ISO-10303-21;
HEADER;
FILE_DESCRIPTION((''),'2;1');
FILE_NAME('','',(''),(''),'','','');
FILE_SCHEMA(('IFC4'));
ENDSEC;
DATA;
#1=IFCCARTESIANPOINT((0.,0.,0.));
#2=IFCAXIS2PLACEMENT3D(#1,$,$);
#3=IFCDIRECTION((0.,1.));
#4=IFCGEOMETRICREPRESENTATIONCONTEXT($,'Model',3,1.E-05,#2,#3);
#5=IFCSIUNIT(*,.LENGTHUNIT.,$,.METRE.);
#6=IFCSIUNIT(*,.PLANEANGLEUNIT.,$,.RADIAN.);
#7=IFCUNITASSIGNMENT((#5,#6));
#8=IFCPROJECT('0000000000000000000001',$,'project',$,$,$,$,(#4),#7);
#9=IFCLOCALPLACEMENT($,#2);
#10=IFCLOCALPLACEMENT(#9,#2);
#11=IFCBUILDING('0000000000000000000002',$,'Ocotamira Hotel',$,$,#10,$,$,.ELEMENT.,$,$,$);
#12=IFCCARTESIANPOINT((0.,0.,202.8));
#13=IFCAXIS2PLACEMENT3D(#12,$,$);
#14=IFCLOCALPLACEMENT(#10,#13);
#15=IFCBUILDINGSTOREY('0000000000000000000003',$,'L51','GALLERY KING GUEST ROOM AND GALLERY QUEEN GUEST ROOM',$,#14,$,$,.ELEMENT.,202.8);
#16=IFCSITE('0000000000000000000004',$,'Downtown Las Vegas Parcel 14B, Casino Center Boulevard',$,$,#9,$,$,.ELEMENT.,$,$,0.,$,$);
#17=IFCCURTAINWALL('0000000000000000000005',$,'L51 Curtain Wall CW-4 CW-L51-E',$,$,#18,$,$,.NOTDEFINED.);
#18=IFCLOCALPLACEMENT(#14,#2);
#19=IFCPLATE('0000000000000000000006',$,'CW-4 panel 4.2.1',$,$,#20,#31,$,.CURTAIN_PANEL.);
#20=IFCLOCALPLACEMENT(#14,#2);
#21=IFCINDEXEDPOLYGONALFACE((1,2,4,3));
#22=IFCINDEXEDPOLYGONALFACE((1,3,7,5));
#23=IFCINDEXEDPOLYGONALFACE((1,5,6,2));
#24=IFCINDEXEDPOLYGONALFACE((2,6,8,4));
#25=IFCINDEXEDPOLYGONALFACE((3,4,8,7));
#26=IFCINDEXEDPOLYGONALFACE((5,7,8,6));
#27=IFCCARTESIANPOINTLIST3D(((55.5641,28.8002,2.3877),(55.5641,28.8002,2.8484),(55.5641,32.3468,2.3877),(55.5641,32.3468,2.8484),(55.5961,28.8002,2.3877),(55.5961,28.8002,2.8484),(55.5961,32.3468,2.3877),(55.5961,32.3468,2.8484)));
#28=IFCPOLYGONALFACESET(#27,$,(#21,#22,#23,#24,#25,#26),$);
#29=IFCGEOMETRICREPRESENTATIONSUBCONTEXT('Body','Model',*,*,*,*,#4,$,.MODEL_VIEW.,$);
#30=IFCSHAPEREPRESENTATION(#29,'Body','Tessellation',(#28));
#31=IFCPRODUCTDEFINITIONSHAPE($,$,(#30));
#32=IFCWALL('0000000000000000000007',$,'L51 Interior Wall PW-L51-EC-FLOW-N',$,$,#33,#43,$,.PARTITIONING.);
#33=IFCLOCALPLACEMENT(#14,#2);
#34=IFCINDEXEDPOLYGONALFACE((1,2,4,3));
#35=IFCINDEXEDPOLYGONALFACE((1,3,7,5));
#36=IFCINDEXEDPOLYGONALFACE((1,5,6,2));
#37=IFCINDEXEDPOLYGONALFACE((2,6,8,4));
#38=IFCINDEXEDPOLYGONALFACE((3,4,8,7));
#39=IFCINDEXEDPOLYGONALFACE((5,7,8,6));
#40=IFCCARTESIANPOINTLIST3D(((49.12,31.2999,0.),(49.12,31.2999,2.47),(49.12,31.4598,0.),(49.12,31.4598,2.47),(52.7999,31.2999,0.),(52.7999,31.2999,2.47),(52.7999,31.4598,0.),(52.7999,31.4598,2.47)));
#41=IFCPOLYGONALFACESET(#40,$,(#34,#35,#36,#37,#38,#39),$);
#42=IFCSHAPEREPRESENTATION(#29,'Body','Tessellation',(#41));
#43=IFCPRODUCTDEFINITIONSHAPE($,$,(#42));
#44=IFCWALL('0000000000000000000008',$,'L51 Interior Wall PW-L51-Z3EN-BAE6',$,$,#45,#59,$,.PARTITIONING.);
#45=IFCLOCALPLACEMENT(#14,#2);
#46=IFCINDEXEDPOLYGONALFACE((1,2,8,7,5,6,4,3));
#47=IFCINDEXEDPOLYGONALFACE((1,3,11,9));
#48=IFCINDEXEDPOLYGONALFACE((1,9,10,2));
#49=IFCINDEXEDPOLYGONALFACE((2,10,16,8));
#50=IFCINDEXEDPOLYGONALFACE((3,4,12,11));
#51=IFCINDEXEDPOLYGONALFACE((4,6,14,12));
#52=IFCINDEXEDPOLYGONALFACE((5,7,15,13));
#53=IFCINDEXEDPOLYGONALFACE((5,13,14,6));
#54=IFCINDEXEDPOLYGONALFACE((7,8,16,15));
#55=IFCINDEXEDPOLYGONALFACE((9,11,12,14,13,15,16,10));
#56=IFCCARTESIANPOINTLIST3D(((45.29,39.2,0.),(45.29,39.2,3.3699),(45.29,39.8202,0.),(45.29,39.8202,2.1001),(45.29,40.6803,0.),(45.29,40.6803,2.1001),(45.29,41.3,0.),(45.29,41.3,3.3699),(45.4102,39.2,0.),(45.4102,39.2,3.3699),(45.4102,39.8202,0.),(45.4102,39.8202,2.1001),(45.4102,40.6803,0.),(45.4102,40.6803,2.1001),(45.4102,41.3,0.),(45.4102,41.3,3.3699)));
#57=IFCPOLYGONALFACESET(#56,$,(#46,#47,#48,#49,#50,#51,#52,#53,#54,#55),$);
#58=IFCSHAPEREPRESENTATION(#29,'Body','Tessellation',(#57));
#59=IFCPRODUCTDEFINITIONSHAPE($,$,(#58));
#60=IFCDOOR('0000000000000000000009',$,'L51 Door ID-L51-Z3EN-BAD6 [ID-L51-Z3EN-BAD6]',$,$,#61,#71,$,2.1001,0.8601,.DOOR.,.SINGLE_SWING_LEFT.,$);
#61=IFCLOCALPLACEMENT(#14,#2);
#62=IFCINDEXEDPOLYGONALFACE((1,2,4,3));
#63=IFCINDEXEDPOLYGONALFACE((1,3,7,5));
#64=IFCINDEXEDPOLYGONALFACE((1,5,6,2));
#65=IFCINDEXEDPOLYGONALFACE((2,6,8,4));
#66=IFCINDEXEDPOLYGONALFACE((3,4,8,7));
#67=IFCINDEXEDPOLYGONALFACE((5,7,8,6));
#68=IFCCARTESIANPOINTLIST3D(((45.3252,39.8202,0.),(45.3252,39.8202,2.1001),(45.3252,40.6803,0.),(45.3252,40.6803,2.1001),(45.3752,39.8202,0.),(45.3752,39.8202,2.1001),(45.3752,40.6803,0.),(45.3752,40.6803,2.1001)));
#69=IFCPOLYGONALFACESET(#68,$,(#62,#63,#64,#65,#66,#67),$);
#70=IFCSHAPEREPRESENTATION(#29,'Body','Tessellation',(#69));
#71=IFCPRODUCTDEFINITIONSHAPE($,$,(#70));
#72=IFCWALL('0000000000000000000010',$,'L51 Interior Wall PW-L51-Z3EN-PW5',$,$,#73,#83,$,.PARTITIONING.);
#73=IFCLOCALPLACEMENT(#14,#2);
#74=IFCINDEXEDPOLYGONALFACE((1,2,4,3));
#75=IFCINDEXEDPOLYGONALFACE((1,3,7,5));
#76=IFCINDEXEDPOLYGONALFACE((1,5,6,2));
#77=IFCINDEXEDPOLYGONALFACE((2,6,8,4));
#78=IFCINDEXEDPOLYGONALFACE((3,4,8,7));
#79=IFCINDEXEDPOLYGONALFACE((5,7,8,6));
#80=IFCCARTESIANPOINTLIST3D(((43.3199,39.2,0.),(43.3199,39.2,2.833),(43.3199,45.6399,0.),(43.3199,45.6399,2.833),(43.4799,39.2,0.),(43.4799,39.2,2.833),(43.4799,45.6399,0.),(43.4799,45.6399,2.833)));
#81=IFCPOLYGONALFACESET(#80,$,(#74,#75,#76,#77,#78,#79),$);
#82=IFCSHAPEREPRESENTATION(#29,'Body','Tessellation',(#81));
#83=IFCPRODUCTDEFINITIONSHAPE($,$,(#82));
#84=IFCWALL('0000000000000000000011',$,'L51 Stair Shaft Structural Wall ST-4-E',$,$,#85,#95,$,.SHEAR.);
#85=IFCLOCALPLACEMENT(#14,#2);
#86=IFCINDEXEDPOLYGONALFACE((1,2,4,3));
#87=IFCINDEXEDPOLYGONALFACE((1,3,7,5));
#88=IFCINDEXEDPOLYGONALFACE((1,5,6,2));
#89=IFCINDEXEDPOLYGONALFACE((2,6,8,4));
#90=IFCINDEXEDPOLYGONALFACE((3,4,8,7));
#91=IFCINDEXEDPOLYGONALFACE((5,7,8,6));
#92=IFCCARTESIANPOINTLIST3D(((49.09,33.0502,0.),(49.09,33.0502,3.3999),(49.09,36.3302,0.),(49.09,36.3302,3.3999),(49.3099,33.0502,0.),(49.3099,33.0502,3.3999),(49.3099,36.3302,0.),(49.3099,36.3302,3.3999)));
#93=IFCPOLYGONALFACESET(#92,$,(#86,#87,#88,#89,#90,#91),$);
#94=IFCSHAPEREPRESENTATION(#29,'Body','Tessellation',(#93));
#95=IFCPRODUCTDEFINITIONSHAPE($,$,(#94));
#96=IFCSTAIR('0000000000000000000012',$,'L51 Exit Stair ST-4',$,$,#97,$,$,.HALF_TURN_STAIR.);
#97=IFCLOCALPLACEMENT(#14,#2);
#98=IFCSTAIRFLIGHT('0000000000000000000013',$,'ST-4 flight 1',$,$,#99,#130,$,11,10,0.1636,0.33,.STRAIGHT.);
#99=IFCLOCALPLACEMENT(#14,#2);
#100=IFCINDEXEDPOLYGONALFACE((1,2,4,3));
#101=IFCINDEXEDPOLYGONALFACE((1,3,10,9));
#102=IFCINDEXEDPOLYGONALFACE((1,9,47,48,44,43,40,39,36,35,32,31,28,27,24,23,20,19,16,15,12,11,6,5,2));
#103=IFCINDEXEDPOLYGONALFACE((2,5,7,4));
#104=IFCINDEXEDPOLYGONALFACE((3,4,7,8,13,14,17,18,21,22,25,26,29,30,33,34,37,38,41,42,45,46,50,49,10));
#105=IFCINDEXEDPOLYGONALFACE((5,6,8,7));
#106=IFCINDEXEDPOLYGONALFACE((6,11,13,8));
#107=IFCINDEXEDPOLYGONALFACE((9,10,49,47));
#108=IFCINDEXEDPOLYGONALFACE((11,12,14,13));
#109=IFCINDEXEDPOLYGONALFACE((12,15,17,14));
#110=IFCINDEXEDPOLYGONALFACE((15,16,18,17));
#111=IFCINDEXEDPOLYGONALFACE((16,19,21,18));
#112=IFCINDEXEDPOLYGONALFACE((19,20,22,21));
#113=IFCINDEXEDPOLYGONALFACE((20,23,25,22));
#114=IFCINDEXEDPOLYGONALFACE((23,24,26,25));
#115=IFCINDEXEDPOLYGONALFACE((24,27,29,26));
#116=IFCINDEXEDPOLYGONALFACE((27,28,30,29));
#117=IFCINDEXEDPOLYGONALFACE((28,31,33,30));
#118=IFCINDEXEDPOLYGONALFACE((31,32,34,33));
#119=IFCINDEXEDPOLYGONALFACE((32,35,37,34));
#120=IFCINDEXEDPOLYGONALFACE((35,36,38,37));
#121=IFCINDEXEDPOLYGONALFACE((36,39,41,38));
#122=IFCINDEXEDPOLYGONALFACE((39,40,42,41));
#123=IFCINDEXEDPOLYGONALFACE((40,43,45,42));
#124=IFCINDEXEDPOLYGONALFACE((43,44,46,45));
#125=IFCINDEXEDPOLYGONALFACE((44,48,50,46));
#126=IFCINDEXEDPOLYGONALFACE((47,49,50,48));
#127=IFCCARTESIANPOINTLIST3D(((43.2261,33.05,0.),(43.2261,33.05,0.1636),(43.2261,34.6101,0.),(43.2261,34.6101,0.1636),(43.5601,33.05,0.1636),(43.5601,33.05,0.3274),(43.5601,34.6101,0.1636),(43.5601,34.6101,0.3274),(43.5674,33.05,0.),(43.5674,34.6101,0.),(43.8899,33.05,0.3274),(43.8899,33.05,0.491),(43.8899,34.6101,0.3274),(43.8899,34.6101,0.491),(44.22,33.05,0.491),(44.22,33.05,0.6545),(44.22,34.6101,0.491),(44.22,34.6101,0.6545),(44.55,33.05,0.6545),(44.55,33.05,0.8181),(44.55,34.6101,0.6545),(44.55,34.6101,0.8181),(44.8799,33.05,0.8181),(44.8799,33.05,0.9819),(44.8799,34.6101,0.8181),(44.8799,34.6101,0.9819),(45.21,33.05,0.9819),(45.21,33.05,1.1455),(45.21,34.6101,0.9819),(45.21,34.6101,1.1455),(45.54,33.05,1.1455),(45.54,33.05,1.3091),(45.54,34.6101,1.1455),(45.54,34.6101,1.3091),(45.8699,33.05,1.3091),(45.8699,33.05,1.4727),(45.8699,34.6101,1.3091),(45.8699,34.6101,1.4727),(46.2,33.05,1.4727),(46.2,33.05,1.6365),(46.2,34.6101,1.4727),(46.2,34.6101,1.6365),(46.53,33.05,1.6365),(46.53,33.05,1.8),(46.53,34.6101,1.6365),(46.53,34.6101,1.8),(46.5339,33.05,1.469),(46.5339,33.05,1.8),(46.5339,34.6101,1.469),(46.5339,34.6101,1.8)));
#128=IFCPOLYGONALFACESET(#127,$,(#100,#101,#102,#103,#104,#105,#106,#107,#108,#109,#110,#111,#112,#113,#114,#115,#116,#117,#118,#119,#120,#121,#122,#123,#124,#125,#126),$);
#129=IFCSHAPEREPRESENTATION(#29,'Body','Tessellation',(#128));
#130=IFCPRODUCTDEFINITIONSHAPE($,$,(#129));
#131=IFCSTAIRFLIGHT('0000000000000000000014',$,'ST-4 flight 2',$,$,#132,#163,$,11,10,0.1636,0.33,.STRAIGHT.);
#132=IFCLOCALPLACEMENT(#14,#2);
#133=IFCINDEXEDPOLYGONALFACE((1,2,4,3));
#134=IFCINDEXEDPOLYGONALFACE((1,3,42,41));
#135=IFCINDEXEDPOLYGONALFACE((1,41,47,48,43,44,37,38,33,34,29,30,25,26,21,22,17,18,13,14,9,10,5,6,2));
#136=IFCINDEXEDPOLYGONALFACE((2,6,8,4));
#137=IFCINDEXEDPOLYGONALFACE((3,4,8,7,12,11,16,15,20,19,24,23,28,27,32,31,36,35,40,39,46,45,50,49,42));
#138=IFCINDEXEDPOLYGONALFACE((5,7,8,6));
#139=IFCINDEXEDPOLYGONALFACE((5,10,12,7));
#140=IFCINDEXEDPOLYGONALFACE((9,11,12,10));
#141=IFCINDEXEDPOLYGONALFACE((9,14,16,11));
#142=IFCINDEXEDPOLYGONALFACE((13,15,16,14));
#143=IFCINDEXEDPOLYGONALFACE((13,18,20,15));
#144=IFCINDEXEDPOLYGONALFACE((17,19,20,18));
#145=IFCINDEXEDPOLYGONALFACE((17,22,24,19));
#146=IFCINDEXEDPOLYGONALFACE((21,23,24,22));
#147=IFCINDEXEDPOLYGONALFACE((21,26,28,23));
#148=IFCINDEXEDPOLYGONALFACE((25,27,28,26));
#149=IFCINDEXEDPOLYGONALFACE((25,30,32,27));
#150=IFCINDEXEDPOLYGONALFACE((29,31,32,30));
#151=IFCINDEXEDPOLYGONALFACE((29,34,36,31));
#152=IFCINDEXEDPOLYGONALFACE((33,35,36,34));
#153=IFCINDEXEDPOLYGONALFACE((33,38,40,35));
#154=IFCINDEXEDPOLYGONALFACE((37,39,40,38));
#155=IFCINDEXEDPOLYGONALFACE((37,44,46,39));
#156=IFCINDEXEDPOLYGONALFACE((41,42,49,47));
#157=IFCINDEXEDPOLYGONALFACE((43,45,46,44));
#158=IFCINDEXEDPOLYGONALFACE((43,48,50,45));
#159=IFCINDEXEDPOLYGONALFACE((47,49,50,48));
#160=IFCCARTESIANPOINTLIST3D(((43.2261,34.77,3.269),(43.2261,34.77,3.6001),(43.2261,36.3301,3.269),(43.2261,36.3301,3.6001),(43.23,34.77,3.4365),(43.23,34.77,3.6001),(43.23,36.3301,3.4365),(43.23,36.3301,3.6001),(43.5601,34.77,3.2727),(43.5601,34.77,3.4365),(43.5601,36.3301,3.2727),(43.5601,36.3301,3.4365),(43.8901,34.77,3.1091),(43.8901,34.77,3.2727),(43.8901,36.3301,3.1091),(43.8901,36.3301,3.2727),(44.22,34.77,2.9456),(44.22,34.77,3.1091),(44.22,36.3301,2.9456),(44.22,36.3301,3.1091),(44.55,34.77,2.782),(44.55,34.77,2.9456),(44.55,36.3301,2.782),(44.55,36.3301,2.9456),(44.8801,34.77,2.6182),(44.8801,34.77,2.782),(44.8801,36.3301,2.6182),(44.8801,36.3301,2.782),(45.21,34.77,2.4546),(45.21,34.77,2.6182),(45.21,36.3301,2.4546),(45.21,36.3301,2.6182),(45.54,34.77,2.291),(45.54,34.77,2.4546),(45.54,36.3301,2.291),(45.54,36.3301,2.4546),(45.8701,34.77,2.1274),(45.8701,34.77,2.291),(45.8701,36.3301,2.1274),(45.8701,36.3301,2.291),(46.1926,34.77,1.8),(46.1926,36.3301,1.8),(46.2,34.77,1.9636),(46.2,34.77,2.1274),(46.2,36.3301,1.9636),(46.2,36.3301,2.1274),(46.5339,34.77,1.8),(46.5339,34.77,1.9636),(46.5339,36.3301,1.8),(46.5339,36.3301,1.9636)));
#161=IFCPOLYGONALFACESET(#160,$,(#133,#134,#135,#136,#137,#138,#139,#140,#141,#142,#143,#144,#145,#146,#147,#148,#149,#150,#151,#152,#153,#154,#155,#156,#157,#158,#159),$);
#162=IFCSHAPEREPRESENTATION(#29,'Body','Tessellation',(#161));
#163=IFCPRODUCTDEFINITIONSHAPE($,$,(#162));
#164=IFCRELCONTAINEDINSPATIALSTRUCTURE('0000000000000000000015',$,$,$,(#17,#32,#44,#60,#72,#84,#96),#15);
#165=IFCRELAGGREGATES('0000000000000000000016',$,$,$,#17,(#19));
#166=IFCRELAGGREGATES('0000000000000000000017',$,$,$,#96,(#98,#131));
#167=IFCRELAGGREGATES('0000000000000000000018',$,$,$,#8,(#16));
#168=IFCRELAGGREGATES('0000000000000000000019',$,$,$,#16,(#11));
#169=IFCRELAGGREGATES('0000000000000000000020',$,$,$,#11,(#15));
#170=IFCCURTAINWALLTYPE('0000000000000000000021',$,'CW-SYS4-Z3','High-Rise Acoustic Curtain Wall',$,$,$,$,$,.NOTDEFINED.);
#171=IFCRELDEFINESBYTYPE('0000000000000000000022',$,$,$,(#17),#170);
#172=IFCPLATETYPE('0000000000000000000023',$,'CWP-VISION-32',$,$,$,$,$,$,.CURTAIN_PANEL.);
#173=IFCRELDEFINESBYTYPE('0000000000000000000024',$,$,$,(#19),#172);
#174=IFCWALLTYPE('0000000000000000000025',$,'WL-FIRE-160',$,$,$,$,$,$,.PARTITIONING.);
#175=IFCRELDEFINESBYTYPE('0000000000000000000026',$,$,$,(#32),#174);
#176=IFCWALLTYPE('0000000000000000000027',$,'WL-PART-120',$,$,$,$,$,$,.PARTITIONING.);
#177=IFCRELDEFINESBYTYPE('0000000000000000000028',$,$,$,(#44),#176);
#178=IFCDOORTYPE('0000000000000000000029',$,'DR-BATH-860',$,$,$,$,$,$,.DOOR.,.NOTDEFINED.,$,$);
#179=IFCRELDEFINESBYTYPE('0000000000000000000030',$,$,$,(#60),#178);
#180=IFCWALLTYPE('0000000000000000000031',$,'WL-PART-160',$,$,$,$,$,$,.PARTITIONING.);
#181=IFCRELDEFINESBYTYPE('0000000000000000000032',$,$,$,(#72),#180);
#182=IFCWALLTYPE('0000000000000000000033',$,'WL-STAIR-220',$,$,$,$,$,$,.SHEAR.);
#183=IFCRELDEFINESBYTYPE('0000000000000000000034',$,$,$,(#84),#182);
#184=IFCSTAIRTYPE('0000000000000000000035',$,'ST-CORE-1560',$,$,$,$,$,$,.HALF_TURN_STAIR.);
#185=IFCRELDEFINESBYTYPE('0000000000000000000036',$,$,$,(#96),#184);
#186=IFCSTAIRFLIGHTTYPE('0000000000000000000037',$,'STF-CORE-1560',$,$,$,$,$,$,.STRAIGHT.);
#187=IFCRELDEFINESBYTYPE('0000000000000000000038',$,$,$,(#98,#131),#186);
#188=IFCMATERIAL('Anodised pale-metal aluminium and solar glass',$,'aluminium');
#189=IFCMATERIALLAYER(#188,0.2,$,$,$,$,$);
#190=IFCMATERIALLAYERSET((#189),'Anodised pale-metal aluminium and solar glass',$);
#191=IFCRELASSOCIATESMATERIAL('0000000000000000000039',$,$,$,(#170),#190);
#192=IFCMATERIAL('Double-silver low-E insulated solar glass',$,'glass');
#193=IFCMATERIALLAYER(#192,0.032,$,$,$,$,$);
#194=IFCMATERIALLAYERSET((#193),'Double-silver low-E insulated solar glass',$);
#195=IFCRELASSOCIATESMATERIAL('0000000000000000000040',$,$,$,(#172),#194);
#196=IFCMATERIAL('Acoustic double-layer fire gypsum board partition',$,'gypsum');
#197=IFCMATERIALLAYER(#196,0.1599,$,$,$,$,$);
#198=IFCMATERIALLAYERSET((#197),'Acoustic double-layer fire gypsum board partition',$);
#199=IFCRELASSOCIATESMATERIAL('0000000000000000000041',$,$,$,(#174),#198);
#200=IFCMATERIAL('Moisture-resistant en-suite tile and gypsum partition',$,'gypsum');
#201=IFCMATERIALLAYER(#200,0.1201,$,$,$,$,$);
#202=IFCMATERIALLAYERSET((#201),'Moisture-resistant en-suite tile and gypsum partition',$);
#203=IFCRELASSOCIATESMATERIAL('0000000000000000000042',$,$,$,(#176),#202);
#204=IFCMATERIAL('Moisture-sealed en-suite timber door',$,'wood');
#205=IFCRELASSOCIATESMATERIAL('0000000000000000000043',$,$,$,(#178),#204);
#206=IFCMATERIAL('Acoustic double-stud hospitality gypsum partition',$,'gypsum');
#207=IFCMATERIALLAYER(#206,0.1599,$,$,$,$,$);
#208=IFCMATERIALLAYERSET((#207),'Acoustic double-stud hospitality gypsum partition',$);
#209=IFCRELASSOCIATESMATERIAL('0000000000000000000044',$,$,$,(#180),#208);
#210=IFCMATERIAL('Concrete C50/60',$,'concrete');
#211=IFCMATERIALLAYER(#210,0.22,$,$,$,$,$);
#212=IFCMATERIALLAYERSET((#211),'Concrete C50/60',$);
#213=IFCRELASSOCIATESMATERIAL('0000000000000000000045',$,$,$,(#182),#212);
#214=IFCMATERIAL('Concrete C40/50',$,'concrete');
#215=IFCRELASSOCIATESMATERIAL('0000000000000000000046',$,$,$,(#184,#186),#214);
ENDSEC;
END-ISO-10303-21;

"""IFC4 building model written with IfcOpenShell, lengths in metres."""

from ifc_helpers import new_model, si_unit, direction, frame, frame_2d, origin, origin_2d, place, context, subcontext, project, spatial, polyline, rectangle, outline, extrude, source, transform, mapped, material, layer, layer_set, type_object, element, fill, aggregate, save


model = new_model("IFC4")

# Units and contexts
model_context = context("Model", 3, precision=1e-05, world=origin(), true_north=direction((0.0, 1.0)))
body_context = subcontext(model_context, "Body", "Model", "MODEL_VIEW")
ifc_project = project(units=[si_unit("LENGTHUNIT", "METRE"), si_unit("PLANEANGLEUNIT", "RADIAN")], contexts=[model_context])

# Site, building, storey
site_placement = place(None, origin())
site = spatial("IfcSite", under=ifc_project, at=site_placement, Name="Downtown Las Vegas Parcel 14B, Casino Center Boulevard", CompositionType="ELEMENT", RefElevation=0.0)
building_placement = place(site_placement, origin())
building = spatial("IfcBuilding", under=site, at=building_placement, Name="Ocotamira Hotel", CompositionType="ELEMENT")
storey_placement = place(building_placement, frame((0.0, 0.0, 202.8)))
storey = spatial("IfcBuildingStorey", under=building, at=storey_placement, Name="L51", Description="GALLERY KING GUEST ROOM AND GALLERY QUEEN GUEST ROOM", CompositionType="ELEMENT", Elevation=202.8)

# Curtain wall
ifc_material_1 = material(Name="Anodised pale-metal aluminium and solar glass", Category="aluminium")
ifc_layer_1 = layer(ifc_material_1, 0.2)
ifc_layer_set_1 = layer_set([ifc_layer_1], Name="Anodised pale-metal aluminium and solar glass")
curtain_wall_type = type_object("IfcCurtainWallType", Name="CW-SYS4-Z3", Description="High-Rise Acoustic Curtain Wall", PredefinedType="NOTDEFINED", material=ifc_layer_set_1)
curtain_wall_placement = place(storey_placement, origin())
curtain_wall = element("IfcCurtainWall", 1, at=curtain_wall_placement, inside=storey, type_object=curtain_wall_type, Name="L51 Curtain Wall CW-4 CW-L51-E", PredefinedType="NOTDEFINED")

# Plate
ifc_material_2 = material(Name="Double-silver low-E insulated solar glass", Category="glass")
ifc_layer_2 = layer(ifc_material_2, 0.032)
ifc_layer_set_2 = layer_set([ifc_layer_2], Name="Double-silver low-E insulated solar glass")
plate_type_1 = type_object("IfcPlateType", Name="CWP-VISION-32", PredefinedType="CURTAIN_PANEL", material=ifc_layer_set_2)
shared_shape_1 = source(origin(), body_context, "Body", "SweptSolid", [
    extrude(rectangle(XDim=3.5466, YDim=0.032, at=origin_2d()), origin(), (0.0, 0.0, 1.0), 0.4607),
])
plate_1_placement = place(storey_placement, frame((55.5801, 30.5735, 2.3877), z_axis=(0.0, 0.0, 1.0), x_axis=(0.0, 1.0, 0.0)))
plate_1 = element("IfcPlate", 2, at=plate_1_placement, type_object=plate_type_1, Name="CW-4 panel 4.2.1", PredefinedType="CURTAIN_PANEL", context=body_context, shape_type="MappedRepresentation", body=[
    mapped(shared_shape_1, transform((0.0, 0.0, 0.0), scale=1.0)),
])
aggregate(curtain_wall, [plate_1])

# Wall
ifc_material_3 = material(Name="Acoustic double-layer fire gypsum board partition", Category="gypsum")
ifc_layer_3 = layer(ifc_material_3, 0.1599)
ifc_layer_set_3 = layer_set([ifc_layer_3], Name="Acoustic double-layer fire gypsum board partition")
wall_type_1 = type_object("IfcWallType", Name="WL-FIRE-160", PredefinedType="PARTITIONING", material=ifc_layer_set_3)
wall_1_placement = place(storey_placement, frame((49.1201, 31.3799, 0.0), z_axis=(0.0, 0.0, 1.0), x_axis=(1.0, 0.0, 0.0)))
element("IfcWall", 3, at=wall_1_placement, inside=storey, type_object=wall_type_1, Name="L51 Interior Wall PW-L51-EC-FLOW-N", PredefinedType="PARTITIONING", context=body_context, shape_type="SweptSolid", body=[
    extrude(rectangle(XDim=3.6799, YDim=0.1599, at=frame_2d((1.8398, 0.0))), origin(), (0.0, 0.0, 1.0), 2.47),
])

# Wall, opening, door
ifc_material_4 = material(Name="Moisture-resistant en-suite tile and gypsum partition", Category="gypsum")
ifc_layer_4 = layer(ifc_material_4, 0.1201)
ifc_layer_set_4 = layer_set([ifc_layer_4], Name="Moisture-resistant en-suite tile and gypsum partition")
wall_type_2 = type_object("IfcWallType", Name="WL-PART-120", PredefinedType="PARTITIONING", material=ifc_layer_set_4)
wall_2_placement = place(storey_placement, frame((45.3501, 39.2, 0.0), z_axis=(0.0, 0.0, 1.0), x_axis=(0.0, 1.0, 0.0)))
wall_2 = element("IfcWall", 4, at=wall_2_placement, inside=storey, type_object=wall_type_2, Name="L51 Interior Wall PW-L51-Z3EN-BAE6", PredefinedType="PARTITIONING", context=body_context, shape_type="SweptSolid", body=[
    extrude(rectangle(XDim=2.1001, YDim=0.1201, at=frame_2d((1.05, 0.0))), origin(), (0.0, 0.0, 1.0), 3.3699),
])
opening_1_placement = place(wall_2_placement, frame((0.6201, 0.0, 0.0)))
opening_1 = element("IfcOpeningElement", 5, at=opening_1_placement, cuts=wall_2, PredefinedType="OPENING", context=body_context, shape_type="SweptSolid", body=[
    extrude(rectangle(XDim=0.8601, YDim=2.1001, at=frame_2d((0.4302, 1.05))), frame((0.0, 0.0701, 0.0), z_axis=(0.0, -1.0, 0.0), x_axis=(1.0, 0.0, 0.0)), (0.0, 0.0, 1.0), 0.1401),
])
ifc_material_5 = material(Name="Moisture-sealed en-suite timber door", Category="wood")
door_type_1 = type_object("IfcDoorType", Name="DR-BATH-860", OperationType="NOTDEFINED", PredefinedType="DOOR", material=ifc_material_5)
shared_shape_2 = source(origin(), body_context, "Body", "SweptSolid", [
    extrude(rectangle(XDim=0.8601, YDim=2.1001, at=frame_2d((0.4302, 1.05))), frame((0.0, 0.0249, 0.0), z_axis=(0.0, -1.0, 0.0), x_axis=(1.0, 0.0, 0.0)), (0.0, 0.0, 1.0), 0.05),
])
door_1_placement = place(opening_1_placement, origin())
door_1 = element("IfcDoor", 6, at=door_1_placement, inside=storey, type_object=door_type_1, Name="L51 Door ID-L51-Z3EN-BAD6 [ID-L51-Z3EN-BAD6]", OperationType="SINGLE_SWING_LEFT", OverallHeight=2.1001, OverallWidth=0.8601, PredefinedType="DOOR", context=body_context, shape_type="MappedRepresentation", body=[
    mapped(shared_shape_2, transform((0.0, 0.0, 0.0), scale=1.0)),
])
fill(opening_1, door_1)

# Walls
ifc_material_6 = material(Name="Acoustic double-stud hospitality gypsum partition", Category="gypsum")
ifc_layer_5 = layer(ifc_material_6, 0.1599)
ifc_layer_set_5 = layer_set([ifc_layer_5], Name="Acoustic double-stud hospitality gypsum partition")
wall_type_3 = type_object("IfcWallType", Name="WL-PART-160", PredefinedType="PARTITIONING", material=ifc_layer_set_5)
wall_3_placement = place(storey_placement, frame((43.3999, 39.2, 0.0), z_axis=(0.0, 0.0, 1.0), x_axis=(0.0, 1.0, 0.0)))
element("IfcWall", 7, at=wall_3_placement, inside=storey, type_object=wall_type_3, Name="L51 Interior Wall PW-L51-Z3EN-PW5", PredefinedType="PARTITIONING", context=body_context, shape_type="SweptSolid", body=[
    extrude(rectangle(XDim=6.4399, YDim=0.1599, at=frame_2d((3.22, 0.0))), origin(), (0.0, 0.0, 1.0), 2.833),
])
ifc_material_7 = material(Name="Concrete C50/60", Category="concrete")
ifc_layer_6 = layer(ifc_material_7, 0.22)
ifc_layer_set_6 = layer_set([ifc_layer_6], Name="Concrete C50/60")
wall_type_4 = type_object("IfcWallType", Name="WL-STAIR-220", PredefinedType="SHEAR", material=ifc_layer_set_6)
wall_4_placement = place(storey_placement, frame((49.2, 33.05, 0.0), z_axis=(0.0, 0.0, 1.0), x_axis=(0.0, 1.0, 0.0)))
element("IfcWall", 8, at=wall_4_placement, inside=storey, type_object=wall_type_4, Name="L51 Stair Shaft Structural Wall ST-4-E", PredefinedType="SHEAR", context=body_context, shape_type="SweptSolid", body=[
    extrude(rectangle(XDim=3.28, YDim=0.22, at=frame_2d((1.6401, 0.0))), origin(), (0.0, 0.0, 1.0), 3.3999),
])

# Stair, stair flights
ifc_material_8 = material(Name="Concrete C40/50", Category="concrete")
stair_type = type_object("IfcStairType", Name="ST-CORE-1560", PredefinedType="HALF_TURN_STAIR", material=ifc_material_8)
stair_placement = place(storey_placement, origin())
stair = element("IfcStair", 9, at=stair_placement, inside=storey, type_object=stair_type, Name="L51 Exit Stair ST-4", PredefinedType="HALF_TURN_STAIR")
stair_flight_type = type_object("IfcStairFlightType", Name="STF-CORE-1560", PredefinedType="STRAIGHT", material=ifc_material_8)
shared_shape_3 = source(origin(), body_context, "Body", "SweptSolid", [
    extrude(outline(polyline([(-0.0039, 0.0), (-0.0039, 0.1636), (0.3301, 0.1636), (0.3301, 0.3274), (0.6599, 0.3274), (0.6599, 0.491), (0.99, 0.491), (0.99, 0.6545), (1.3201, 0.6545), (1.3201, 0.8181), (1.6499, 0.8181), (1.6499, 0.9819), (1.98, 0.9819), (1.98, 1.1455), (2.3101, 1.1455), (2.3101, 1.3091), (2.6399, 1.3091), (2.6399, 1.4727), (2.97, 1.4727), (2.97, 1.6365), (3.3, 1.6365), (3.3, 1.8), (3.304, 1.8), (3.304, 1.469), (0.3374, 0.0), (-0.0039, 0.0)])), frame((0.0, 0.78, 0.0), z_axis=(0.0, -1.0, 0.0), x_axis=(1.0, 0.0, 0.0)), (0.0, 0.0, 1.0), 1.5601),
])
stair_flight_1_placement = place(storey_placement, frame((43.23, 33.8301, 0.0), z_axis=(0.0, 0.0, 1.0), x_axis=(1.0, 0.0, 0.0)))
stair_flight_1 = element("IfcStairFlight", 10, at=stair_flight_1_placement, type_object=stair_flight_type, Name="ST-4 flight 1", NumberOfRisers=11, NumberOfTreads=10, PredefinedType="STRAIGHT", RiserHeight=0.1636, TreadLength=0.33, context=body_context, shape_type="MappedRepresentation", body=[
    mapped(shared_shape_3, transform((0.0, 0.0, 0.0), scale=1.0)),
])
stair_flight_2_placement = place(storey_placement, frame((46.53, 35.55, 1.8), z_axis=(0.0, 0.0, 1.0), x_axis=(-1.0, 0.0, 0.0)))
stair_flight_2 = element("IfcStairFlight", 11, at=stair_flight_2_placement, type_object=stair_flight_type, Name="ST-4 flight 2", NumberOfRisers=11, NumberOfTreads=10, PredefinedType="STRAIGHT", RiserHeight=0.1636, TreadLength=0.33, context=body_context, shape_type="MappedRepresentation", body=[
    mapped(shared_shape_3, transform((0.0, 0.0, 0.0), scale=1.0)),
])
aggregate(stair, [stair_flight_1, stair_flight_2])

save(model, "model.ifc")
